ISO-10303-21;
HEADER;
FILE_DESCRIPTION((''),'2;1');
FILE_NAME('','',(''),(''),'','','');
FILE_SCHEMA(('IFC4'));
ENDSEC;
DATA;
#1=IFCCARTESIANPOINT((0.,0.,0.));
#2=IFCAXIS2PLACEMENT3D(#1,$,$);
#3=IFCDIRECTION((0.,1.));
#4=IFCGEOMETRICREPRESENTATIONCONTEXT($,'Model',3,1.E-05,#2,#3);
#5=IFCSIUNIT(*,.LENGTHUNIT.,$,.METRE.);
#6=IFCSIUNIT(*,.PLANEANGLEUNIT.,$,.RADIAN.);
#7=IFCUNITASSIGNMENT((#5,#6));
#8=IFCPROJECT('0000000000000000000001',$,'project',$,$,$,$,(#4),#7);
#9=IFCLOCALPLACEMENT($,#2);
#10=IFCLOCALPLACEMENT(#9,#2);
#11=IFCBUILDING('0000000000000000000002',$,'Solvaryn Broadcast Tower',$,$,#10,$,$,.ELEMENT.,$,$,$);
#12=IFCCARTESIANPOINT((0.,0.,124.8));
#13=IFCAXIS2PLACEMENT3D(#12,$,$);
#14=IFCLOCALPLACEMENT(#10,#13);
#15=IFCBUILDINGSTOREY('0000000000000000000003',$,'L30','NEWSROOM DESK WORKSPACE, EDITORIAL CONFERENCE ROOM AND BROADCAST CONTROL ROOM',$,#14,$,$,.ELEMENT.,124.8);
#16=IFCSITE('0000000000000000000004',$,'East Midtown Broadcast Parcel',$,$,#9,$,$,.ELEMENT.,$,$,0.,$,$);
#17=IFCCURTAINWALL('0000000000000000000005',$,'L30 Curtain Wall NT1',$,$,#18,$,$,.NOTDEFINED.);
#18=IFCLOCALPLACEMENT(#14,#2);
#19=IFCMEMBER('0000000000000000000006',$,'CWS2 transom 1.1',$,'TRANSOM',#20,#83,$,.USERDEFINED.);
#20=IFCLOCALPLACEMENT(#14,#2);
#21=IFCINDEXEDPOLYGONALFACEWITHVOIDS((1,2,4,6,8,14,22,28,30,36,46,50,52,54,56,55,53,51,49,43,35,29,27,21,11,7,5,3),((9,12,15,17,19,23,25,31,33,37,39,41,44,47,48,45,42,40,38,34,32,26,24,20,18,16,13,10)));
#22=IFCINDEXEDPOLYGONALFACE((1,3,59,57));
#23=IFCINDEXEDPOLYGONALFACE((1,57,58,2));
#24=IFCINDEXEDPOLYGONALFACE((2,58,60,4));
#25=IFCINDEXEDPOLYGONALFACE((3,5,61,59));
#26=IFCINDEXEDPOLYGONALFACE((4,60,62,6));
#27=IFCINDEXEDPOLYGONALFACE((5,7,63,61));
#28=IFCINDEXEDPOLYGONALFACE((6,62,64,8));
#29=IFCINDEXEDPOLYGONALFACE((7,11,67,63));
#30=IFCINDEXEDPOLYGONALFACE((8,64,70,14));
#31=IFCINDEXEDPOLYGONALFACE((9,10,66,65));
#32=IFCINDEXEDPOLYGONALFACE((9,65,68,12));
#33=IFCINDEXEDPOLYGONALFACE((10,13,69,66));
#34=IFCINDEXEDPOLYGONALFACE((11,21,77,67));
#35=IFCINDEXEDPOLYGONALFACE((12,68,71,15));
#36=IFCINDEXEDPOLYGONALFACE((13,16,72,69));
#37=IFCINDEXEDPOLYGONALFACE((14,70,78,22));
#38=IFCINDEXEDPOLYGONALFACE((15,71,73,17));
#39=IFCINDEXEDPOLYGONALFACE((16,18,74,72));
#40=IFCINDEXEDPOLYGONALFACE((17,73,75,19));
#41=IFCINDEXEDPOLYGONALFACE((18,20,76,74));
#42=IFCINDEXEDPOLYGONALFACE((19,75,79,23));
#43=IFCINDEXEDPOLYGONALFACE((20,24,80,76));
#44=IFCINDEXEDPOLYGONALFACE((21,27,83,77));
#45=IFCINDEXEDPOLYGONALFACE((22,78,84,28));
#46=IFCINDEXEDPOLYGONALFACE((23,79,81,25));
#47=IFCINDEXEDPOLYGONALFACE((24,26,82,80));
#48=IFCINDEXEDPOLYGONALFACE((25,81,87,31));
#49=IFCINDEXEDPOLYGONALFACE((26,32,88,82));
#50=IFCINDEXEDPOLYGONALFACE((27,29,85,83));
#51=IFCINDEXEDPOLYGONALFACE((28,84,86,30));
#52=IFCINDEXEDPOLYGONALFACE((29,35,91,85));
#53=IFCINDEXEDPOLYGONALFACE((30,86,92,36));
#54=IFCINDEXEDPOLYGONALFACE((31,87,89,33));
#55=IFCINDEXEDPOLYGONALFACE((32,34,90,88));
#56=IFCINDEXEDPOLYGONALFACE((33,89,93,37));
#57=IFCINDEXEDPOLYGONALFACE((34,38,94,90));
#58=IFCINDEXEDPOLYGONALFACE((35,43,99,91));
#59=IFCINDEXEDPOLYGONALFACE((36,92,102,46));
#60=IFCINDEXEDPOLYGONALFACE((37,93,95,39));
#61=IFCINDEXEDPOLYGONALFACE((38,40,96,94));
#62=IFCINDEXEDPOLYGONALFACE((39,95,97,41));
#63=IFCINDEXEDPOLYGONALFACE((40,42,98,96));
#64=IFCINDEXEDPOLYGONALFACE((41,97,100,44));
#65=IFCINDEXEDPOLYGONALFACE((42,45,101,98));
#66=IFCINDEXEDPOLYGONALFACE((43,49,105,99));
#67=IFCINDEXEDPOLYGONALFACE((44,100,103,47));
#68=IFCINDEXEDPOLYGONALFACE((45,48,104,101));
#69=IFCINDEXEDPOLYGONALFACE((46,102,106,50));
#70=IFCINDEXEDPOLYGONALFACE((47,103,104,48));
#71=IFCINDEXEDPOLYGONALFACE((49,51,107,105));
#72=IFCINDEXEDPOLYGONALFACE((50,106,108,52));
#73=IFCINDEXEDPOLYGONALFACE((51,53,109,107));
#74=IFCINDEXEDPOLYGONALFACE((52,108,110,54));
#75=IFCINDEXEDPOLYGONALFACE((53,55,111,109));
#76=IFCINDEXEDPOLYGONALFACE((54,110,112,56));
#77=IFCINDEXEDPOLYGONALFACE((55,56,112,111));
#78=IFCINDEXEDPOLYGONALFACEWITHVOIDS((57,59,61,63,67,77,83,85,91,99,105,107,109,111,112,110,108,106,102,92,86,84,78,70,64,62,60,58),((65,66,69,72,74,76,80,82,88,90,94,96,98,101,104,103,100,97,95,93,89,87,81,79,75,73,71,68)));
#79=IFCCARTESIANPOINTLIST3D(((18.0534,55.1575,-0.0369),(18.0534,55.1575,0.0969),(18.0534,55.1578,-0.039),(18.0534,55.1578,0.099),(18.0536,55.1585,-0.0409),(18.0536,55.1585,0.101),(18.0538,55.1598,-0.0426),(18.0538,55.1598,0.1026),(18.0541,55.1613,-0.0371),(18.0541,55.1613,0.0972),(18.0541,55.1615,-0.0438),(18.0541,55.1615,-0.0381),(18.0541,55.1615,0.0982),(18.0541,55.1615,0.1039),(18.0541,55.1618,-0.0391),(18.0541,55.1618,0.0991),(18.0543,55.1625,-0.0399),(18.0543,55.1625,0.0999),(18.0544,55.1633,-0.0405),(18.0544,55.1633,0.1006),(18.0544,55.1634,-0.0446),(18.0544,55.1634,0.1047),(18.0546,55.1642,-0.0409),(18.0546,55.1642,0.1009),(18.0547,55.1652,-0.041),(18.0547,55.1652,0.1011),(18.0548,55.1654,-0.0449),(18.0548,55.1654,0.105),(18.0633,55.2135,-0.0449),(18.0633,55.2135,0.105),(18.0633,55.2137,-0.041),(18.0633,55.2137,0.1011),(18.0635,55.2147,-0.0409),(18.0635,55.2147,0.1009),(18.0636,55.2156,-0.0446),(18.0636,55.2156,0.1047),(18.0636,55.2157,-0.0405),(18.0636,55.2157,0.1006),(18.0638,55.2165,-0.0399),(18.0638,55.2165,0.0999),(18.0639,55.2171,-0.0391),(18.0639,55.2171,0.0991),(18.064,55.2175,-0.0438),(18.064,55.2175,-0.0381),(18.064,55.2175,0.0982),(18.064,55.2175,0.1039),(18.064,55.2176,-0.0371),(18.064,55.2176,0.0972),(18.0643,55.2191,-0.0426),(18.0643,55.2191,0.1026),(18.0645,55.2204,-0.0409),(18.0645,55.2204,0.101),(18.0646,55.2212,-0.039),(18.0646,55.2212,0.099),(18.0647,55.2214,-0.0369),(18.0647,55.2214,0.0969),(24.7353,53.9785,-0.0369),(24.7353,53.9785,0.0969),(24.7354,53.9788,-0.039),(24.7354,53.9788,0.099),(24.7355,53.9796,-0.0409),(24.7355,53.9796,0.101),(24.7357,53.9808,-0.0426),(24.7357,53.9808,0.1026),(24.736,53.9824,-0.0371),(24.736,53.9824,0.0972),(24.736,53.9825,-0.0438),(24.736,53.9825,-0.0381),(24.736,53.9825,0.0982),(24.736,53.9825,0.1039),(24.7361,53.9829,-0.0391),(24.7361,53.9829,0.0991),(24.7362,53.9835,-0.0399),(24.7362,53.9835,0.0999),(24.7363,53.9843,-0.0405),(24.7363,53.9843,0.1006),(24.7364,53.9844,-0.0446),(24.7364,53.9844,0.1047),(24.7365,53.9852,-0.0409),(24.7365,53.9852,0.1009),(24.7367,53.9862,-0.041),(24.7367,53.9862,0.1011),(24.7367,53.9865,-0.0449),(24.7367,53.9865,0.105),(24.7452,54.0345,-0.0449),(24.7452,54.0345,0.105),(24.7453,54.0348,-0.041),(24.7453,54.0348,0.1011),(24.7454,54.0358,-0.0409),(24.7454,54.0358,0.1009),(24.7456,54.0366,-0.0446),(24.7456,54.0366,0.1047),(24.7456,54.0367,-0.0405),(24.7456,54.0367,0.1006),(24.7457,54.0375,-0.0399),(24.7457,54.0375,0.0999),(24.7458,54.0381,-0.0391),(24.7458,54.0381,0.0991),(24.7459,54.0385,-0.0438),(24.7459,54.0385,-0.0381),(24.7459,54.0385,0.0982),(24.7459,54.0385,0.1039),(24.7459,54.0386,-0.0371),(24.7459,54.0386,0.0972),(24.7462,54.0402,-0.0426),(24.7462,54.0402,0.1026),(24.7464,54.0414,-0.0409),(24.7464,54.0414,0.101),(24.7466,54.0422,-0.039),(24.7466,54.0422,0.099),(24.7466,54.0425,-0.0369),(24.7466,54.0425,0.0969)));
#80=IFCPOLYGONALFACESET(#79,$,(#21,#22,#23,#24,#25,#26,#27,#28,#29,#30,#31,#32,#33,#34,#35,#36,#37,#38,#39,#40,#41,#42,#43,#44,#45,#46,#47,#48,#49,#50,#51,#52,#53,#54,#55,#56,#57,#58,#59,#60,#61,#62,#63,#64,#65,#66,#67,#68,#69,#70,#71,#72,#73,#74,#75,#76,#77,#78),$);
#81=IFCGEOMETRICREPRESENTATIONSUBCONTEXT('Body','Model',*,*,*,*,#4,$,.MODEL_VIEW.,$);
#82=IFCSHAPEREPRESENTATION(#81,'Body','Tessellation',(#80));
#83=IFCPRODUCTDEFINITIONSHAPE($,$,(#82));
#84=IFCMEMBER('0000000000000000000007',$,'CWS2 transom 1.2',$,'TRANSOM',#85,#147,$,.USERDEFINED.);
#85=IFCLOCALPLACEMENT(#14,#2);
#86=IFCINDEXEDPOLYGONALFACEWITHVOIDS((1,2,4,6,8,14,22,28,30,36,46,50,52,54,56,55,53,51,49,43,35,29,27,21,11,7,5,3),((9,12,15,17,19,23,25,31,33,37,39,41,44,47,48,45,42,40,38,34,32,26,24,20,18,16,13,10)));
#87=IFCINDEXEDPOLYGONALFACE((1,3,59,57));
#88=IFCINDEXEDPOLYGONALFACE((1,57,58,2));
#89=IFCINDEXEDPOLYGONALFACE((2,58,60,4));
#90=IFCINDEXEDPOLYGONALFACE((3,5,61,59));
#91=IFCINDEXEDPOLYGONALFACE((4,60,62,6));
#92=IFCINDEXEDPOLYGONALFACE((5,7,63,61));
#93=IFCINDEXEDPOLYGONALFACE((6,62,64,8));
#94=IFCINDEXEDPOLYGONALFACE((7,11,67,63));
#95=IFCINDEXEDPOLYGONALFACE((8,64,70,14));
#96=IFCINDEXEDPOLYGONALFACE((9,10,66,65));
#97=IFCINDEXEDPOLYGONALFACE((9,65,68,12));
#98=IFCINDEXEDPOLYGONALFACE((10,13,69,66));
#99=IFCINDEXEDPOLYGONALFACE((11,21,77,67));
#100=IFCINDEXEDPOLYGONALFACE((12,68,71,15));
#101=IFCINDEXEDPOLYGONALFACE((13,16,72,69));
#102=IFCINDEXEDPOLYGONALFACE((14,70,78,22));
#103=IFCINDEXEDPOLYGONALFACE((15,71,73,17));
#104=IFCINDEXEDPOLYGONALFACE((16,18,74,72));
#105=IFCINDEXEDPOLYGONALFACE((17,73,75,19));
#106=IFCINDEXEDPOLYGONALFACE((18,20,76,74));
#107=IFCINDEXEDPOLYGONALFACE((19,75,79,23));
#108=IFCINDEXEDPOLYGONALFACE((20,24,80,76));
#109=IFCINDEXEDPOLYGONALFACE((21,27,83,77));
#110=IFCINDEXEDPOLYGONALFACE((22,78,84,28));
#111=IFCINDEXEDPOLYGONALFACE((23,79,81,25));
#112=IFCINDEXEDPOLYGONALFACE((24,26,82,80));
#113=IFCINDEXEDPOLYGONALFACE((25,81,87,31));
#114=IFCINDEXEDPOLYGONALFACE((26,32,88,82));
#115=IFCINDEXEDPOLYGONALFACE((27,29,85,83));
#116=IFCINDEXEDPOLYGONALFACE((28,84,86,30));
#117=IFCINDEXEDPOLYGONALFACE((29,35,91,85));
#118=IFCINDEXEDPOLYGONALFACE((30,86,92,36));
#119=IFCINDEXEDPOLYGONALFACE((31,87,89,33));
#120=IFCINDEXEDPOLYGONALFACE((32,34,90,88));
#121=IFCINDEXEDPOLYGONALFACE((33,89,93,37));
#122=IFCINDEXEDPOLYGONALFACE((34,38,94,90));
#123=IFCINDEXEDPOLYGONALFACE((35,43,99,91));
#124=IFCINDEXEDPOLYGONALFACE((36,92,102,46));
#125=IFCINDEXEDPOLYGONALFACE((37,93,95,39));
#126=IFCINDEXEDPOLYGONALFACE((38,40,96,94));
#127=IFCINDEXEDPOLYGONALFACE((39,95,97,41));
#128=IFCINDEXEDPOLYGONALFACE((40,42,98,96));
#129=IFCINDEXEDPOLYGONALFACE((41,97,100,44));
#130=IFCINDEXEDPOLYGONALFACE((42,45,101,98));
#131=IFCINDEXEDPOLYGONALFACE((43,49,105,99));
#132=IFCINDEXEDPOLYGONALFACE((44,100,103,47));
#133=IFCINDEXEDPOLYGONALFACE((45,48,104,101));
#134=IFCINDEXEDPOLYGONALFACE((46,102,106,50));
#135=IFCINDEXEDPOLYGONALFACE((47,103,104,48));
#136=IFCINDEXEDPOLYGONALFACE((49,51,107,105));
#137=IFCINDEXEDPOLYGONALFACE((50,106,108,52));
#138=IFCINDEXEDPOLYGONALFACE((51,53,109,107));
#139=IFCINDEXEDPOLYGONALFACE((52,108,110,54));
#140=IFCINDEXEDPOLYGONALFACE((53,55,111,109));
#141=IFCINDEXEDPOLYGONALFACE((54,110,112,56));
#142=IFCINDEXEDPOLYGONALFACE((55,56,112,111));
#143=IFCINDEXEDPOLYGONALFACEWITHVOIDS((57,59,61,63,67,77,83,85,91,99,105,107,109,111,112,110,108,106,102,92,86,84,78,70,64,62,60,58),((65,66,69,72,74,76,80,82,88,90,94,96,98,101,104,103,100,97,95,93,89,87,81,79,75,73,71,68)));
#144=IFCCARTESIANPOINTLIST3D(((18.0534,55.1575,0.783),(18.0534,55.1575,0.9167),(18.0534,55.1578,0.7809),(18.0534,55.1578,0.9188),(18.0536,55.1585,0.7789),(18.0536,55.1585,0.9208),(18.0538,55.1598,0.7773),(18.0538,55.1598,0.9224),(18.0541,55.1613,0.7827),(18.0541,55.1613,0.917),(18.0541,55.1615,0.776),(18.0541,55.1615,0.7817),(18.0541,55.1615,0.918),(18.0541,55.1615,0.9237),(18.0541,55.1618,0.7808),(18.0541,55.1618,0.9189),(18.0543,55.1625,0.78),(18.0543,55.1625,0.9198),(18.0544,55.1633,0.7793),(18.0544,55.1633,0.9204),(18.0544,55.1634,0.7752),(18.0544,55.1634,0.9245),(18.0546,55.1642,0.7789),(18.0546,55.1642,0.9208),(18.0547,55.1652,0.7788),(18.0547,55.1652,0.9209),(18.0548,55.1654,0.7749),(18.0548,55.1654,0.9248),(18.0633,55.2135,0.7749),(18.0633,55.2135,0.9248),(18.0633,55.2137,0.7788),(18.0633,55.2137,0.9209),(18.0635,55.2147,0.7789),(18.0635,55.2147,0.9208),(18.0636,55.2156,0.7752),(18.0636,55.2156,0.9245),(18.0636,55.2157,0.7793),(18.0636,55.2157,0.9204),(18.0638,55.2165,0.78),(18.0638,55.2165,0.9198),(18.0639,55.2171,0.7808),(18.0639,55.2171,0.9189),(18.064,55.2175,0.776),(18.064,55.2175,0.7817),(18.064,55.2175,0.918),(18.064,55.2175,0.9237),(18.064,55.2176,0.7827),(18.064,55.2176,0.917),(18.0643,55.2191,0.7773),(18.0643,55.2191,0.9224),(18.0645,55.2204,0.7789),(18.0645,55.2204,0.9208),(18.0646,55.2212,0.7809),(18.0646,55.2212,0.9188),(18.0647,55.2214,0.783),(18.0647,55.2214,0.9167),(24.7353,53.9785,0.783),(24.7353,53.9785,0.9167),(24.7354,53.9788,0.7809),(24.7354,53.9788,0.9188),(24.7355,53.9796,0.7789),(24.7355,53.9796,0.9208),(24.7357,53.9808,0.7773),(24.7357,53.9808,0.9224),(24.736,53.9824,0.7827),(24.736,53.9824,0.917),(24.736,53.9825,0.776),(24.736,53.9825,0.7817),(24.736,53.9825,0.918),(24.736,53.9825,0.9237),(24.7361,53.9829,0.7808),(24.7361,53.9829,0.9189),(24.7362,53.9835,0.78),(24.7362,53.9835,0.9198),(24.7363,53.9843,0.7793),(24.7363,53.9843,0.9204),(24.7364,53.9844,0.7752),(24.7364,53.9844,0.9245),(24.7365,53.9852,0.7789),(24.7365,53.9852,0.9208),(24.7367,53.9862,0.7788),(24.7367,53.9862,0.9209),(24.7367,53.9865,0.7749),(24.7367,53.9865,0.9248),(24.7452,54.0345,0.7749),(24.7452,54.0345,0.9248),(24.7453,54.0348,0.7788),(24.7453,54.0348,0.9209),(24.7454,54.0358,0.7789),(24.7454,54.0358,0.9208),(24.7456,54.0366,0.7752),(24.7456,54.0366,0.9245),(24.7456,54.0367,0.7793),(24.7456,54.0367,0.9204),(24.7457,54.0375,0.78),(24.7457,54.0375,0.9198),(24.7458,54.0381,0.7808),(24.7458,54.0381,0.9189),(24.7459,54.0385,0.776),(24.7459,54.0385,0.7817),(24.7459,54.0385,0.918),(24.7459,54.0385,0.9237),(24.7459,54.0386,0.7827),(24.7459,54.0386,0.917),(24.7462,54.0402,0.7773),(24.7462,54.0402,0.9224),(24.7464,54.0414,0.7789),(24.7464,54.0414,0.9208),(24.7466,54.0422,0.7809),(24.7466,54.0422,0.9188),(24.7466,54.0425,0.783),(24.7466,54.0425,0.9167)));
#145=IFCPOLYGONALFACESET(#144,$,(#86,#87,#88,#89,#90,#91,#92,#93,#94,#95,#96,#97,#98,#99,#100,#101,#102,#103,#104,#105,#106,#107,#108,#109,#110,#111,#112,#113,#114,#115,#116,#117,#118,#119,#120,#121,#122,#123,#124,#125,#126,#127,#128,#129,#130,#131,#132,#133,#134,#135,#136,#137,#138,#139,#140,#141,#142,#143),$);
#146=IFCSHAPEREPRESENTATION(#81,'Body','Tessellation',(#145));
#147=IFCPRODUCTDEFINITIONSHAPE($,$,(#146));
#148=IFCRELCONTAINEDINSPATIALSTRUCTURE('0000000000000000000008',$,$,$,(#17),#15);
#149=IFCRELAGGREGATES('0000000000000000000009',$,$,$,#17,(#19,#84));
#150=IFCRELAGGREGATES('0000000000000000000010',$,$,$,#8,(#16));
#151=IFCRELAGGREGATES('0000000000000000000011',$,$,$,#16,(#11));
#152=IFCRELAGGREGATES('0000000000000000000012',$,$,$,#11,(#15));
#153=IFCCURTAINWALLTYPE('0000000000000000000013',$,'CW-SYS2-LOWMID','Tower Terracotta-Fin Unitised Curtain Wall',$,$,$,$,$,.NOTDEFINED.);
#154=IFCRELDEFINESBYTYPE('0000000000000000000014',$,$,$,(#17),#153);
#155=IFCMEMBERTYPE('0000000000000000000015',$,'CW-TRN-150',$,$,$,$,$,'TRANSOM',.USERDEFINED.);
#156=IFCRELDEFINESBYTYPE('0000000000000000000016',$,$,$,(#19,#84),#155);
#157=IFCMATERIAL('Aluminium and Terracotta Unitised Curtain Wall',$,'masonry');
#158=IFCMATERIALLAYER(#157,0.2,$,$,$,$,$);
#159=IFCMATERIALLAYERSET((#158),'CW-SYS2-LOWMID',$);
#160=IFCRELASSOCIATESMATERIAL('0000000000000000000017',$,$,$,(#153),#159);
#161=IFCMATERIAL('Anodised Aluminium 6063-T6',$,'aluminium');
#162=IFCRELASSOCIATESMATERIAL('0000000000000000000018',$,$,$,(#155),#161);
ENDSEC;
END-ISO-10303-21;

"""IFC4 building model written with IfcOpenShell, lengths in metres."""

from ifc_helpers import new_model, si_unit, direction, frame, origin, origin_2d, place, context, subcontext, project, spatial, hollow_rectangle, extrude, material, layer, layer_set, material_profile, profile_set, type_object, element, aggregate, save


model = new_model("IFC4")

# Units and contexts
model_context = context("Model", 3, precision=1e-05, world=origin(), true_north=direction((0.0, 1.0)))
body_context = subcontext(model_context, "Body", "Model", "MODEL_VIEW")
ifc_project = project(units=[si_unit("LENGTHUNIT", "METRE"), si_unit("PLANEANGLEUNIT", "RADIAN")], contexts=[model_context])

# Site, building, storey
site_placement = place(None, origin())
site = spatial("IfcSite", under=ifc_project, at=site_placement, Name="East Midtown Broadcast Parcel", CompositionType="ELEMENT", RefElevation=0.0)
building_placement = place(site_placement, origin())
building = spatial("IfcBuilding", under=site, at=building_placement, Name="Solvaryn Broadcast Tower", CompositionType="ELEMENT")
storey_placement = place(building_placement, frame((0.0, 0.0, 124.8)))
storey = spatial("IfcBuildingStorey", under=building, at=storey_placement, Name="L30", Description="NEWSROOM DESK WORKSPACE, EDITORIAL CONFERENCE ROOM AND BROADCAST CONTROL ROOM", CompositionType="ELEMENT", Elevation=124.8)

# Shared definitions
ifc_material_1 = material(Name="Aluminium and Terracotta Unitised Curtain Wall", Category="masonry")
ifc_layer_1 = layer(ifc_material_1, 0.2)
ifc_layer_set_1 = layer_set([ifc_layer_1], Name="CW-SYS2-LOWMID")
curtain_wall_type = type_object("IfcCurtainWallType", Name="CW-SYS2-LOWMID", Description="Tower Terracotta-Fin Unitised Curtain Wall", PredefinedType="NOTDEFINED", material=ifc_layer_set_1)

# Curtain wall
curtain_wall_1_placement = place(storey_placement, origin())
curtain_wall_1 = element("IfcCurtainWall", 1, at=curtain_wall_1_placement, inside=storey, type_object=curtain_wall_type, Name="L30 Curtain Wall NT1", PredefinedType="NOTDEFINED")

# Members
ifc_material_2 = material(Name="Anodised Aluminium 6063-T6", Category="aluminium")
ifc_material_profile_1 = material_profile(ifc_material_2, hollow_rectangle(XDim=0.0649, YDim=0.1499, WallThickness=0.0039, InnerFilletRadius=0.0039, OuterFilletRadius=0.0081, at=origin_2d()))
ifc_profile_set_1 = profile_set([ifc_material_profile_1], Name="Anodised Aluminium 6063-T6")
member_type_1 = type_object("IfcMemberType", Name="CW-TRN-150", ElementType="TRANSOM", PredefinedType="USERDEFINED", material=ifc_profile_set_1)
member_1_placement = place(storey_placement, frame((24.741, 54.0105, 0.03), z_axis=(-0.984789, 0.173757, 0.0), x_axis=(-0.173757, -0.984789, 0.0)))
member_1 = element("IfcMember", 2, at=member_1_placement, type_object=member_type_1, Name="CWS2 transom 1.1", ObjectType="TRANSOM", PredefinedType="USERDEFINED", context=body_context, shape_type="SweptSolid", body=[
    extrude(hollow_rectangle(XDim=0.0649, YDim=0.1499, WallThickness=0.0039, InnerFilletRadius=0.0039, OuterFilletRadius=0.0081, at=origin_2d()), origin(), (0.0, 0.0, 1.0), 6.7852),
])
member_2_placement = place(storey_placement, frame((24.741, 54.0105, 0.8499), z_axis=(-0.984789, 0.173757, 0.0), x_axis=(-0.173757, -0.984789, 0.0)))
member_2 = element("IfcMember", 3, at=member_2_placement, type_object=member_type_1, Name="CWS2 transom 1.2", ObjectType="TRANSOM", PredefinedType="USERDEFINED", context=body_context, shape_type="SweptSolid", body=[
    extrude(hollow_rectangle(XDim=0.0649, YDim=0.1499, WallThickness=0.0039, InnerFilletRadius=0.0039, OuterFilletRadius=0.0081, at=origin_2d()), origin(), (0.0, 0.0, 1.0), 6.7852),
])
aggregate(curtain_wall_1, [member_1, member_2])

save(model, "model.ifc")
